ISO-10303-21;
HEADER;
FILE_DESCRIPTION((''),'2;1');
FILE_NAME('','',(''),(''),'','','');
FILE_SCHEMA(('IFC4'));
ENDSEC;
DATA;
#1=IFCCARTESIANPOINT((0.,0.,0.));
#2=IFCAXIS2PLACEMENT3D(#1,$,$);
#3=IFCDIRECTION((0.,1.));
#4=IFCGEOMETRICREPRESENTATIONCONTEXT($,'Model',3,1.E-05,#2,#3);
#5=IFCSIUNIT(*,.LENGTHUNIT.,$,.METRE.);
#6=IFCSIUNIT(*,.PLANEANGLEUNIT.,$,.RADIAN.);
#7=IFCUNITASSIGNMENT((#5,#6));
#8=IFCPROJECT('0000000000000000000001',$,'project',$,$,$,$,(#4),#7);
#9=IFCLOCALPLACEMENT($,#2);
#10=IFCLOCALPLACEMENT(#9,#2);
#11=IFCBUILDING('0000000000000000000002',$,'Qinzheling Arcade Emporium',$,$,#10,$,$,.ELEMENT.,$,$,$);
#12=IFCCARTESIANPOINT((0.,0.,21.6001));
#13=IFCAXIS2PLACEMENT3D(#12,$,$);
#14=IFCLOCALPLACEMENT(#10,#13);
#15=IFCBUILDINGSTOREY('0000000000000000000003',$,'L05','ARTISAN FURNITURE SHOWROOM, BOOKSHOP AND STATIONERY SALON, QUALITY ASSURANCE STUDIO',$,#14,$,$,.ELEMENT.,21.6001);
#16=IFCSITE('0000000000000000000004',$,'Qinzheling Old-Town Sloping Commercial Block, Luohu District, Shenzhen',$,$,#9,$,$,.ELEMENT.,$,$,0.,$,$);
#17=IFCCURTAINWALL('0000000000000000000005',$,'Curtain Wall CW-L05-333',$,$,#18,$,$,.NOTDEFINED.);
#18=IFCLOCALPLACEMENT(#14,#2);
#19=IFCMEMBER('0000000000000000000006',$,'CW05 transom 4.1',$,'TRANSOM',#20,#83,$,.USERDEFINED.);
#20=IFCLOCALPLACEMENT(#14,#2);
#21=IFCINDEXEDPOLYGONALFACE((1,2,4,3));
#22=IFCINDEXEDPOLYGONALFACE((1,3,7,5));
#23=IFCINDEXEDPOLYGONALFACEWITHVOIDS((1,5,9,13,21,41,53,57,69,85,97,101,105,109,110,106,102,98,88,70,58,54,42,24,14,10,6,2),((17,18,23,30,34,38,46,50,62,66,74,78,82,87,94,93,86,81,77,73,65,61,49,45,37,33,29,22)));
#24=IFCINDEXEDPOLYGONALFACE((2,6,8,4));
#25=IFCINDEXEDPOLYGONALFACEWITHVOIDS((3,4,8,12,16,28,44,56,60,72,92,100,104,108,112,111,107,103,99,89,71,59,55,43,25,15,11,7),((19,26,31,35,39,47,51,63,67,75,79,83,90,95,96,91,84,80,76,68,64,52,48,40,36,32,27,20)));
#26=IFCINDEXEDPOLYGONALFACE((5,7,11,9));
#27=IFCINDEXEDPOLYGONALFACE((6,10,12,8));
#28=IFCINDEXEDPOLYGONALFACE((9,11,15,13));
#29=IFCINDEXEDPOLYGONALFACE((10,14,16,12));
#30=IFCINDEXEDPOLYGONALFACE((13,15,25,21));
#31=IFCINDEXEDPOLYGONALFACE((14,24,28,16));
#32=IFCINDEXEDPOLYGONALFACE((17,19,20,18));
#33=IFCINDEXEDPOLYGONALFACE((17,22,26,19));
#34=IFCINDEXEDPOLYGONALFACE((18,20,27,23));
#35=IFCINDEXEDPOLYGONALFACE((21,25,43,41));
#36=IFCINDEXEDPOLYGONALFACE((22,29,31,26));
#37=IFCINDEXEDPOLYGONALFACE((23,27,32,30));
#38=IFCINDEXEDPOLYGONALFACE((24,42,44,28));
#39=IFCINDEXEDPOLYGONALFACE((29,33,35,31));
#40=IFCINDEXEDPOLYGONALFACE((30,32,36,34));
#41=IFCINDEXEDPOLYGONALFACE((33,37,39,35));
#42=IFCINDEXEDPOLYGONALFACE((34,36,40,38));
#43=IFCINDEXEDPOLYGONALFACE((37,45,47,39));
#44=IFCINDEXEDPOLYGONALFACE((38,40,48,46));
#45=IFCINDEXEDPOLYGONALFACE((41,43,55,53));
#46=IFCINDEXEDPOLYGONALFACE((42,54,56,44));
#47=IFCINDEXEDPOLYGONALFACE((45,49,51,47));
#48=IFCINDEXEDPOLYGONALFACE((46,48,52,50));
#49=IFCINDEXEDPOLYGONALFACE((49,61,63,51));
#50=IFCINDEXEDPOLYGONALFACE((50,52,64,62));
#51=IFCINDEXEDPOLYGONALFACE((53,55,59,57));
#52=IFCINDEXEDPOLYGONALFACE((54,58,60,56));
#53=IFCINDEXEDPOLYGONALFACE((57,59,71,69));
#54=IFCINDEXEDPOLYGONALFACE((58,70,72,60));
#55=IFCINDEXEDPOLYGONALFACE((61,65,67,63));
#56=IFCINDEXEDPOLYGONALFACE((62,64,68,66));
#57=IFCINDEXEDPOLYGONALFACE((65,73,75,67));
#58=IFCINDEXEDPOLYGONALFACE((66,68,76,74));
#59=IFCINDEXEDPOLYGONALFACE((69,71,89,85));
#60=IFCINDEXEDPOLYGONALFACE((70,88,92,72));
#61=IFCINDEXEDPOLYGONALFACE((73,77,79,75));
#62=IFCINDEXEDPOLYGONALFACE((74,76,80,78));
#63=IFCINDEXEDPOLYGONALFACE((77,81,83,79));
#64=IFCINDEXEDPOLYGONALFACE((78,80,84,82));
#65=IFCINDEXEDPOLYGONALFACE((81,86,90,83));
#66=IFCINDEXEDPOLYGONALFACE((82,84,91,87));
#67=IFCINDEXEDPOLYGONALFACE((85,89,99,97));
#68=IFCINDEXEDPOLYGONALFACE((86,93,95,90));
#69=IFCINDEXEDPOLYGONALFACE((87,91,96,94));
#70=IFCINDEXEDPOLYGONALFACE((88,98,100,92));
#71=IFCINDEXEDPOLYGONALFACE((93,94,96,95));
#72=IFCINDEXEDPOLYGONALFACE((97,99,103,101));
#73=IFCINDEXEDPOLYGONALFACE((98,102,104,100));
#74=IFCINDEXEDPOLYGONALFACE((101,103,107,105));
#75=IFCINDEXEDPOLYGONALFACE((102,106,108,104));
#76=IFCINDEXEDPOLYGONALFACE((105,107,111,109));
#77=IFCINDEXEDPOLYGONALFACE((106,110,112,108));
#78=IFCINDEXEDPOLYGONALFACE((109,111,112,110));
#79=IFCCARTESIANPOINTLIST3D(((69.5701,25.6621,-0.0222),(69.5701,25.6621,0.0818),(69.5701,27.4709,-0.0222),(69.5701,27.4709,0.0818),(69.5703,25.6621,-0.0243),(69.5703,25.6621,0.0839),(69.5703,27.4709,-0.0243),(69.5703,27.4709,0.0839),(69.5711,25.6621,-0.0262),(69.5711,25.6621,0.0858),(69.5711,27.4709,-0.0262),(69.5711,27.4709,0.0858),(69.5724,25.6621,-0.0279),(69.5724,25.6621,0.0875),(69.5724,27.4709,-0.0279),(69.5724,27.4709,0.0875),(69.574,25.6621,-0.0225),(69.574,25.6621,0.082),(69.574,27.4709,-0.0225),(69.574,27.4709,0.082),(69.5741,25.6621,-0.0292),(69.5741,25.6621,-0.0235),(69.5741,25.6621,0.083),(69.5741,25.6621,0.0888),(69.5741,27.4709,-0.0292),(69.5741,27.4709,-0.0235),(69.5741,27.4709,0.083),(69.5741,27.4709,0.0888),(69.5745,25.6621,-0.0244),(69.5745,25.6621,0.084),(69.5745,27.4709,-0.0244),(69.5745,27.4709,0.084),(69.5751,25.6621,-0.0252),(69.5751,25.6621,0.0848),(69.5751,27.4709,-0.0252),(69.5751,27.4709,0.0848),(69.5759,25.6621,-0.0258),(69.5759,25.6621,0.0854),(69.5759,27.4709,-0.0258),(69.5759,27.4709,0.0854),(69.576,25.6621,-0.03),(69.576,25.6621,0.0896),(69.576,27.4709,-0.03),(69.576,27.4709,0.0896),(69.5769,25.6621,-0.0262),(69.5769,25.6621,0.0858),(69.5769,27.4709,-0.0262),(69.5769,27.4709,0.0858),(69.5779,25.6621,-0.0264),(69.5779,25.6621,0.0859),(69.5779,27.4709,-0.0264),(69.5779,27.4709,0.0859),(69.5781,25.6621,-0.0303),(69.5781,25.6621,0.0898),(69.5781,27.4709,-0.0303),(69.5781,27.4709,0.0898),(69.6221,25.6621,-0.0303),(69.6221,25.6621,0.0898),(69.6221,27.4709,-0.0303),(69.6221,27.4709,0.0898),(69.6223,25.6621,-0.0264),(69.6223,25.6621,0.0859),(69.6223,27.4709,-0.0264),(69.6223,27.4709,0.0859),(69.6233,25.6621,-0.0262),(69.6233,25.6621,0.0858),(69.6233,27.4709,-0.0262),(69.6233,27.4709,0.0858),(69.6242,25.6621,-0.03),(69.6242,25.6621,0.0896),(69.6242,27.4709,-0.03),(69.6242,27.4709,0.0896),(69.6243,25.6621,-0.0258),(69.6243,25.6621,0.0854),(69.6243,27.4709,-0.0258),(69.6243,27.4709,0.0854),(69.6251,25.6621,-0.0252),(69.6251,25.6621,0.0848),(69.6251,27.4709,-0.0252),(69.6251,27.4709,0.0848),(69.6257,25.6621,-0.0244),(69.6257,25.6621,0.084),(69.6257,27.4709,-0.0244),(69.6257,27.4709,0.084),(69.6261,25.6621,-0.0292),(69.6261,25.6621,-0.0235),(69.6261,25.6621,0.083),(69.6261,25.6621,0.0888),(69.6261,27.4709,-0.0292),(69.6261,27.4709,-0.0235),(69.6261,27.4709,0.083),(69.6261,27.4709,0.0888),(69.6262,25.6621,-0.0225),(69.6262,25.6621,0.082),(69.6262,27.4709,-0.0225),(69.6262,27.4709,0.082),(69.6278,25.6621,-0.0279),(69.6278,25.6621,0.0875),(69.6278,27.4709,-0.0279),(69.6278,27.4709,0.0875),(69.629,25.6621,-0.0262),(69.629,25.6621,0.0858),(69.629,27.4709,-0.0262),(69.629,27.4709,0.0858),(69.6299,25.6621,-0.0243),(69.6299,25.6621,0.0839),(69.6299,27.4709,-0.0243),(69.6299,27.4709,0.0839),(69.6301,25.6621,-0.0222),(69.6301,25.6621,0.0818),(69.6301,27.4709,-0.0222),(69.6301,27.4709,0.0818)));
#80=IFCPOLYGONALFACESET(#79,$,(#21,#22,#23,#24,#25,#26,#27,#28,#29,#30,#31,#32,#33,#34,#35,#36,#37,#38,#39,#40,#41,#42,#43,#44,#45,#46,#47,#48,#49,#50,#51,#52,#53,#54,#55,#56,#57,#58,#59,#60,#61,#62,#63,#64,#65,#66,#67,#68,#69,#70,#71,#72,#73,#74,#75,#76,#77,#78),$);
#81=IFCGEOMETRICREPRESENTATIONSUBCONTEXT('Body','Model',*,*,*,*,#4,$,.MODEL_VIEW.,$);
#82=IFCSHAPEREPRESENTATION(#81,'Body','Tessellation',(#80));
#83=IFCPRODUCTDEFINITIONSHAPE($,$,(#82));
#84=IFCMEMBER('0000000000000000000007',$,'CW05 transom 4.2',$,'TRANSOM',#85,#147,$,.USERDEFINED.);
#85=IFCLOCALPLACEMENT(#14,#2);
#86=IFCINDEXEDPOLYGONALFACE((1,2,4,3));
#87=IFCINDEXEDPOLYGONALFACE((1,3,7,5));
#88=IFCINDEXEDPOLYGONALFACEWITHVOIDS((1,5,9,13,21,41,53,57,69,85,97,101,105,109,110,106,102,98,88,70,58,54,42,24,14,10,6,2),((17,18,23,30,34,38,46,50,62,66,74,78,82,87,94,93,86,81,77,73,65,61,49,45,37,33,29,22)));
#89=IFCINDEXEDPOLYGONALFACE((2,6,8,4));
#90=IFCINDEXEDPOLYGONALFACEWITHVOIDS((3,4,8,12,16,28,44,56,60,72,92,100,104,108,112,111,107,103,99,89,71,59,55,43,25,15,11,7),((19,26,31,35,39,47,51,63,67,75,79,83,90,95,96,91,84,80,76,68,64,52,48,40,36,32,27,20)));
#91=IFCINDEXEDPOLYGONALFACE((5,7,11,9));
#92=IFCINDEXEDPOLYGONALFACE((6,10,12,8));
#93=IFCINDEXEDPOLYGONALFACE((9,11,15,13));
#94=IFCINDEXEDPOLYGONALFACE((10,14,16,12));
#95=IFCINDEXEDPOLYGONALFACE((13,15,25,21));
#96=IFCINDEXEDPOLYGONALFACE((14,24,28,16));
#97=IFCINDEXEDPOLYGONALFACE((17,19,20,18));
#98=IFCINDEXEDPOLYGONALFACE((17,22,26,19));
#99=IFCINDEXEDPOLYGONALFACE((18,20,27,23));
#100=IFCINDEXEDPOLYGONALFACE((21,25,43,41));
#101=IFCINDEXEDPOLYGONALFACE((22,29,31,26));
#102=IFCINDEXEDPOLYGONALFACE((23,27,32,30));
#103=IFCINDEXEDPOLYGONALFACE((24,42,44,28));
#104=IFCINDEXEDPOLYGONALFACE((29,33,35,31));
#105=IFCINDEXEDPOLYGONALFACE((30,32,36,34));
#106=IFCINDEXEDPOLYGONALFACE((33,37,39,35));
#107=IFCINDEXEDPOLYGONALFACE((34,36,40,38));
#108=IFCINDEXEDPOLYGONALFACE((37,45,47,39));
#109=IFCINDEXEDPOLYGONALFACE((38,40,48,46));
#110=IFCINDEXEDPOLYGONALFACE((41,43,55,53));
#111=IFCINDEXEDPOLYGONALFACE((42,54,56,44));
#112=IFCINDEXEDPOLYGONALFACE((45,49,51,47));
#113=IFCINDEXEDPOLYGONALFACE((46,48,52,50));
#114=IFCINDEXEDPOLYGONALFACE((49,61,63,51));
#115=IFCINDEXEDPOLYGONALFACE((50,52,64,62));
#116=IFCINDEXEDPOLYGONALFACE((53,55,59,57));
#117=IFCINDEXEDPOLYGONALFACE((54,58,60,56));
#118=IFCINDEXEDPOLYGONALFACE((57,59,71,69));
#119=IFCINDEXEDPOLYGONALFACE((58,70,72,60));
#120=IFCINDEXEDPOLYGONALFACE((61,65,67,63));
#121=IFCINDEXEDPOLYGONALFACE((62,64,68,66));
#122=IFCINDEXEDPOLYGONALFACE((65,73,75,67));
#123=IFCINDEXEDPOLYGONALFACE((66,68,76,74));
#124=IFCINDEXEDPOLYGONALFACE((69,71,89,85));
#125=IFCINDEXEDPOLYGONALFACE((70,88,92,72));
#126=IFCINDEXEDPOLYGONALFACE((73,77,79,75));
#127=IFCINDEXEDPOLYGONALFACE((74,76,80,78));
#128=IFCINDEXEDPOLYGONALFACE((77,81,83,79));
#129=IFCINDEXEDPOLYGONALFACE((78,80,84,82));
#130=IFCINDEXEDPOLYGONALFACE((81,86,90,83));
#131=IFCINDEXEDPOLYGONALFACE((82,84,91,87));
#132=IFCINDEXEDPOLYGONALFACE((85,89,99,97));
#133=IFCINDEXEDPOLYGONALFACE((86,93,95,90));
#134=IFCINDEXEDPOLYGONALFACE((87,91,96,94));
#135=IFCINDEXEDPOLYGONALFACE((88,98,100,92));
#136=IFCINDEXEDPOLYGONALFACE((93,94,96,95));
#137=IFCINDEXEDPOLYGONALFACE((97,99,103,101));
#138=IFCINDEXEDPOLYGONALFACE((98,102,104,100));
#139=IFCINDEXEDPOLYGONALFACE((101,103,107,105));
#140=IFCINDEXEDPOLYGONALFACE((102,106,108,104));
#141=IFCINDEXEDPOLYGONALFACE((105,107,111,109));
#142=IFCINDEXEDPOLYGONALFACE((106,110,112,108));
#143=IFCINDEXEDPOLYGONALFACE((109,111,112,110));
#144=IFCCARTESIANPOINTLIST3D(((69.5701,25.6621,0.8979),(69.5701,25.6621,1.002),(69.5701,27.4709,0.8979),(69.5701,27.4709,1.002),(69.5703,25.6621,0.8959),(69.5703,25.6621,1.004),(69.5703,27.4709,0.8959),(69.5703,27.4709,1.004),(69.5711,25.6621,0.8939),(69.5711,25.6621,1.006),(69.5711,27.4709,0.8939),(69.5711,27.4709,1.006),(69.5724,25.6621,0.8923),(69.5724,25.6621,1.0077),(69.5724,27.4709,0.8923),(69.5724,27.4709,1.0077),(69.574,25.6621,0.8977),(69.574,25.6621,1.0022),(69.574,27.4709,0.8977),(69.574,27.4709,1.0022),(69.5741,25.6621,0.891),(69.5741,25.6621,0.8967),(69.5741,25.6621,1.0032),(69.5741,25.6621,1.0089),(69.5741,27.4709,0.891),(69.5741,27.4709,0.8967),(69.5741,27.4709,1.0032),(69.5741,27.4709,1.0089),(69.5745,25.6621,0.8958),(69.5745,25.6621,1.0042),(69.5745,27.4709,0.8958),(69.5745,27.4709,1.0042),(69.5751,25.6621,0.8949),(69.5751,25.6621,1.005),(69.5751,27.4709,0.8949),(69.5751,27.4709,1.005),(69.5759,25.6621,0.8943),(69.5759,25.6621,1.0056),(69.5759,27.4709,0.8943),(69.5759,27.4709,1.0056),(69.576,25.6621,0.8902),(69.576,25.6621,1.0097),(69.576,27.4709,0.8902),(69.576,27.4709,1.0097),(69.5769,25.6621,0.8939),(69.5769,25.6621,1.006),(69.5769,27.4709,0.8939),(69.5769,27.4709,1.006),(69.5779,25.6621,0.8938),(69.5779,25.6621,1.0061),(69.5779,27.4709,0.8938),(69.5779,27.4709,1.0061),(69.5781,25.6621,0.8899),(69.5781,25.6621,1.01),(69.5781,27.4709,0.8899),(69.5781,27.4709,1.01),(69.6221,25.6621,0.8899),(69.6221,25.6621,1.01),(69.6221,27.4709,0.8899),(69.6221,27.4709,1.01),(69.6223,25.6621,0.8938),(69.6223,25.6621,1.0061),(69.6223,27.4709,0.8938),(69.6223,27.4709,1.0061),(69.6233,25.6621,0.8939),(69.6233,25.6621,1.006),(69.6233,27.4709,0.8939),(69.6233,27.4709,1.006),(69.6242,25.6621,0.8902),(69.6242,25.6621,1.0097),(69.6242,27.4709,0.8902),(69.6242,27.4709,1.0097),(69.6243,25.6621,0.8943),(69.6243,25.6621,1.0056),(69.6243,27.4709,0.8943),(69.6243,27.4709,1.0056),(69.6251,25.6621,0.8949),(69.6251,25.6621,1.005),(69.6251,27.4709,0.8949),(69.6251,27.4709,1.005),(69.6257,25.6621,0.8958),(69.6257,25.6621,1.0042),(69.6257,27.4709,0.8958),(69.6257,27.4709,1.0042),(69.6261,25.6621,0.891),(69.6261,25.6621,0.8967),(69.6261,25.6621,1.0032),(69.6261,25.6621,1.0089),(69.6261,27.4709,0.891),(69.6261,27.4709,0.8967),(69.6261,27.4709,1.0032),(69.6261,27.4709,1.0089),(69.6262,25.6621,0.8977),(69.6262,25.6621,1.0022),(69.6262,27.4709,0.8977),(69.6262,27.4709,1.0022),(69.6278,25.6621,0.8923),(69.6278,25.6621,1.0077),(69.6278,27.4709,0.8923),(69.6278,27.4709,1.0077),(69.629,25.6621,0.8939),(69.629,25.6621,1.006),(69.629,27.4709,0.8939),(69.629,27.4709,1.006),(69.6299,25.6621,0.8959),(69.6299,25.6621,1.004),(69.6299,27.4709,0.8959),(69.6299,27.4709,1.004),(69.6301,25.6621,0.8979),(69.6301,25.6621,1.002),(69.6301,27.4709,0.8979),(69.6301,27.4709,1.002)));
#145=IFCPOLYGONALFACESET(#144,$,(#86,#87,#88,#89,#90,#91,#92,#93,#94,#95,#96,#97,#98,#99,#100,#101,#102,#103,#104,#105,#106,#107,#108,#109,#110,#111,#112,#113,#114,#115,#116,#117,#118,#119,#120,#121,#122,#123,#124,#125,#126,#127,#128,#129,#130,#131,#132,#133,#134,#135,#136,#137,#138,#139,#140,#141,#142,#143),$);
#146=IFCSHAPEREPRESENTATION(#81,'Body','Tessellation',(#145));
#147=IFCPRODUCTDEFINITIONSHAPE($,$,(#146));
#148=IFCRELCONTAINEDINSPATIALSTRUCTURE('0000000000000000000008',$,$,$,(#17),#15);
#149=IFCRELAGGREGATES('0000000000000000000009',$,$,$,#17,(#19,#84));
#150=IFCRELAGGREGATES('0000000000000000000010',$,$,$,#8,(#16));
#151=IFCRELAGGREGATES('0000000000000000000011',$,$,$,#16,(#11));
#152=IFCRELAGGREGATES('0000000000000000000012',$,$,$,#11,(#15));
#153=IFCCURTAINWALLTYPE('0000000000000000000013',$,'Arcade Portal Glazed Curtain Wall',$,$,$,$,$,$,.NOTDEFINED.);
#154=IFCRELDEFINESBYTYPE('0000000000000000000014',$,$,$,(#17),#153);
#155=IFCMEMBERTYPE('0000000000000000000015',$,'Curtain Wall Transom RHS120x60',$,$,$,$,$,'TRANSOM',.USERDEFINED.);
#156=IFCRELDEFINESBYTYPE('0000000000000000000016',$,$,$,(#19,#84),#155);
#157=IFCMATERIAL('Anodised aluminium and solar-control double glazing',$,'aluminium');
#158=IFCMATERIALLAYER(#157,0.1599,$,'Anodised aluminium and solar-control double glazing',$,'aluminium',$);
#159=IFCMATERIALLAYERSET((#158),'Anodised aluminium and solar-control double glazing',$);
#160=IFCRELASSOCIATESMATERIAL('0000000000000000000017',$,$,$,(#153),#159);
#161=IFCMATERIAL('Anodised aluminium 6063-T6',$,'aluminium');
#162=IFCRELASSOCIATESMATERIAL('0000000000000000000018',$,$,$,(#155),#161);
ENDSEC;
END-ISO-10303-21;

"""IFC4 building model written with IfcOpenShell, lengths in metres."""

from ifc_helpers import new_model, si_unit, direction, frame, origin, origin_2d, place, context, subcontext, project, spatial, hollow_rectangle, extrude, material, layer, layer_set, material_profile, profile_set, type_object, element, aggregate, save


model = new_model("IFC4")

# Units and contexts
model_context = context("Model", 3, precision=1e-05, world=origin(), true_north=direction((0.0, 1.0)))
body_context = subcontext(model_context, "Body", "Model", "MODEL_VIEW")
ifc_project = project(units=[si_unit("LENGTHUNIT", "METRE"), si_unit("PLANEANGLEUNIT", "RADIAN")], contexts=[model_context])

# Site, building, storey
site_placement = place(None, origin())
site = spatial("IfcSite", under=ifc_project, at=site_placement, Name="Qinzheling Old-Town Sloping Commercial Block, Luohu District, Shenzhen", CompositionType="ELEMENT", RefElevation=0.0)
building_placement = place(site_placement, origin())
building = spatial("IfcBuilding", under=site, at=building_placement, Name="Qinzheling Arcade Emporium", CompositionType="ELEMENT")
storey_placement = place(building_placement, frame((0.0, 0.0, 21.6001)))
storey = spatial("IfcBuildingStorey", under=building, at=storey_placement, Name="L05", Description="ARTISAN FURNITURE SHOWROOM, BOOKSHOP AND STATIONERY SALON, QUALITY ASSURANCE STUDIO", CompositionType="ELEMENT", Elevation=21.6001)

# Curtain wall, members
ifc_material_1 = material(Name="Anodised aluminium and solar-control double glazing", Category="aluminium")
ifc_layer_1 = layer(ifc_material_1, 0.1599, Name="Anodised aluminium and solar-control double glazing", Category="aluminium")
ifc_layer_set_1 = layer_set([ifc_layer_1], Name="Anodised aluminium and solar-control double glazing")
curtain_wall_type = type_object("IfcCurtainWallType", Name="Arcade Portal Glazed Curtain Wall", PredefinedType="NOTDEFINED", material=ifc_layer_set_1)
curtain_wall_placement = place(storey_placement, origin())
curtain_wall = element("IfcCurtainWall", 1, at=curtain_wall_placement, inside=storey, type_object=curtain_wall_type, Name="Curtain Wall CW-L05-333", PredefinedType="NOTDEFINED")
ifc_material_2 = material(Name="Anodised aluminium 6063-T6", Category="aluminium")
ifc_material_profile_1 = material_profile(ifc_material_2, hollow_rectangle(XDim=0.0601, YDim=0.1201, WallThickness=0.0039, InnerFilletRadius=0.0039, OuterFilletRadius=0.0081, at=origin_2d()), Name="RHS 120x60x4", Category="aluminium")
ifc_profile_set_1 = profile_set([ifc_material_profile_1], Name="Anodised aluminium 6063-T6")
member_type_1 = type_object("IfcMemberType", Name="Curtain Wall Transom RHS120x60", ElementType="TRANSOM", PredefinedType="USERDEFINED", material=ifc_profile_set_1)
member_1_placement = place(storey_placement, frame((69.6001, 27.4709, 0.0298), z_axis=(0.0, -1.0, 0.0), x_axis=(1.0, 0.0, 0.0)))
member_1 = element("IfcMember", 2, at=member_1_placement, type_object=member_type_1, Name="CW05 transom 4.1", ObjectType="TRANSOM", PredefinedType="USERDEFINED", context=body_context, shape_type="SweptSolid", body=[
    extrude(hollow_rectangle(XDim=0.0601, YDim=0.1201, WallThickness=0.0039, InnerFilletRadius=0.0039, OuterFilletRadius=0.0081, at=origin_2d()), origin(), (0.0, 0.0, 1.0), 1.8088),
])
member_2_placement = place(storey_placement, frame((69.6001, 27.4709, 0.95), z_axis=(0.0, -1.0, 0.0), x_axis=(1.0, 0.0, 0.0)))
member_2 = element("IfcMember", 3, at=member_2_placement, type_object=member_type_1, Name="CW05 transom 4.2", ObjectType="TRANSOM", PredefinedType="USERDEFINED", context=body_context, shape_type="SweptSolid", body=[
    extrude(hollow_rectangle(XDim=0.0601, YDim=0.1201, WallThickness=0.0039, InnerFilletRadius=0.0039, OuterFilletRadius=0.0081, at=origin_2d()), origin(), (0.0, 0.0, 1.0), 1.8088),
])

aggregate(curtain_wall, [member_1, member_2])

save(model, "model.ifc")
